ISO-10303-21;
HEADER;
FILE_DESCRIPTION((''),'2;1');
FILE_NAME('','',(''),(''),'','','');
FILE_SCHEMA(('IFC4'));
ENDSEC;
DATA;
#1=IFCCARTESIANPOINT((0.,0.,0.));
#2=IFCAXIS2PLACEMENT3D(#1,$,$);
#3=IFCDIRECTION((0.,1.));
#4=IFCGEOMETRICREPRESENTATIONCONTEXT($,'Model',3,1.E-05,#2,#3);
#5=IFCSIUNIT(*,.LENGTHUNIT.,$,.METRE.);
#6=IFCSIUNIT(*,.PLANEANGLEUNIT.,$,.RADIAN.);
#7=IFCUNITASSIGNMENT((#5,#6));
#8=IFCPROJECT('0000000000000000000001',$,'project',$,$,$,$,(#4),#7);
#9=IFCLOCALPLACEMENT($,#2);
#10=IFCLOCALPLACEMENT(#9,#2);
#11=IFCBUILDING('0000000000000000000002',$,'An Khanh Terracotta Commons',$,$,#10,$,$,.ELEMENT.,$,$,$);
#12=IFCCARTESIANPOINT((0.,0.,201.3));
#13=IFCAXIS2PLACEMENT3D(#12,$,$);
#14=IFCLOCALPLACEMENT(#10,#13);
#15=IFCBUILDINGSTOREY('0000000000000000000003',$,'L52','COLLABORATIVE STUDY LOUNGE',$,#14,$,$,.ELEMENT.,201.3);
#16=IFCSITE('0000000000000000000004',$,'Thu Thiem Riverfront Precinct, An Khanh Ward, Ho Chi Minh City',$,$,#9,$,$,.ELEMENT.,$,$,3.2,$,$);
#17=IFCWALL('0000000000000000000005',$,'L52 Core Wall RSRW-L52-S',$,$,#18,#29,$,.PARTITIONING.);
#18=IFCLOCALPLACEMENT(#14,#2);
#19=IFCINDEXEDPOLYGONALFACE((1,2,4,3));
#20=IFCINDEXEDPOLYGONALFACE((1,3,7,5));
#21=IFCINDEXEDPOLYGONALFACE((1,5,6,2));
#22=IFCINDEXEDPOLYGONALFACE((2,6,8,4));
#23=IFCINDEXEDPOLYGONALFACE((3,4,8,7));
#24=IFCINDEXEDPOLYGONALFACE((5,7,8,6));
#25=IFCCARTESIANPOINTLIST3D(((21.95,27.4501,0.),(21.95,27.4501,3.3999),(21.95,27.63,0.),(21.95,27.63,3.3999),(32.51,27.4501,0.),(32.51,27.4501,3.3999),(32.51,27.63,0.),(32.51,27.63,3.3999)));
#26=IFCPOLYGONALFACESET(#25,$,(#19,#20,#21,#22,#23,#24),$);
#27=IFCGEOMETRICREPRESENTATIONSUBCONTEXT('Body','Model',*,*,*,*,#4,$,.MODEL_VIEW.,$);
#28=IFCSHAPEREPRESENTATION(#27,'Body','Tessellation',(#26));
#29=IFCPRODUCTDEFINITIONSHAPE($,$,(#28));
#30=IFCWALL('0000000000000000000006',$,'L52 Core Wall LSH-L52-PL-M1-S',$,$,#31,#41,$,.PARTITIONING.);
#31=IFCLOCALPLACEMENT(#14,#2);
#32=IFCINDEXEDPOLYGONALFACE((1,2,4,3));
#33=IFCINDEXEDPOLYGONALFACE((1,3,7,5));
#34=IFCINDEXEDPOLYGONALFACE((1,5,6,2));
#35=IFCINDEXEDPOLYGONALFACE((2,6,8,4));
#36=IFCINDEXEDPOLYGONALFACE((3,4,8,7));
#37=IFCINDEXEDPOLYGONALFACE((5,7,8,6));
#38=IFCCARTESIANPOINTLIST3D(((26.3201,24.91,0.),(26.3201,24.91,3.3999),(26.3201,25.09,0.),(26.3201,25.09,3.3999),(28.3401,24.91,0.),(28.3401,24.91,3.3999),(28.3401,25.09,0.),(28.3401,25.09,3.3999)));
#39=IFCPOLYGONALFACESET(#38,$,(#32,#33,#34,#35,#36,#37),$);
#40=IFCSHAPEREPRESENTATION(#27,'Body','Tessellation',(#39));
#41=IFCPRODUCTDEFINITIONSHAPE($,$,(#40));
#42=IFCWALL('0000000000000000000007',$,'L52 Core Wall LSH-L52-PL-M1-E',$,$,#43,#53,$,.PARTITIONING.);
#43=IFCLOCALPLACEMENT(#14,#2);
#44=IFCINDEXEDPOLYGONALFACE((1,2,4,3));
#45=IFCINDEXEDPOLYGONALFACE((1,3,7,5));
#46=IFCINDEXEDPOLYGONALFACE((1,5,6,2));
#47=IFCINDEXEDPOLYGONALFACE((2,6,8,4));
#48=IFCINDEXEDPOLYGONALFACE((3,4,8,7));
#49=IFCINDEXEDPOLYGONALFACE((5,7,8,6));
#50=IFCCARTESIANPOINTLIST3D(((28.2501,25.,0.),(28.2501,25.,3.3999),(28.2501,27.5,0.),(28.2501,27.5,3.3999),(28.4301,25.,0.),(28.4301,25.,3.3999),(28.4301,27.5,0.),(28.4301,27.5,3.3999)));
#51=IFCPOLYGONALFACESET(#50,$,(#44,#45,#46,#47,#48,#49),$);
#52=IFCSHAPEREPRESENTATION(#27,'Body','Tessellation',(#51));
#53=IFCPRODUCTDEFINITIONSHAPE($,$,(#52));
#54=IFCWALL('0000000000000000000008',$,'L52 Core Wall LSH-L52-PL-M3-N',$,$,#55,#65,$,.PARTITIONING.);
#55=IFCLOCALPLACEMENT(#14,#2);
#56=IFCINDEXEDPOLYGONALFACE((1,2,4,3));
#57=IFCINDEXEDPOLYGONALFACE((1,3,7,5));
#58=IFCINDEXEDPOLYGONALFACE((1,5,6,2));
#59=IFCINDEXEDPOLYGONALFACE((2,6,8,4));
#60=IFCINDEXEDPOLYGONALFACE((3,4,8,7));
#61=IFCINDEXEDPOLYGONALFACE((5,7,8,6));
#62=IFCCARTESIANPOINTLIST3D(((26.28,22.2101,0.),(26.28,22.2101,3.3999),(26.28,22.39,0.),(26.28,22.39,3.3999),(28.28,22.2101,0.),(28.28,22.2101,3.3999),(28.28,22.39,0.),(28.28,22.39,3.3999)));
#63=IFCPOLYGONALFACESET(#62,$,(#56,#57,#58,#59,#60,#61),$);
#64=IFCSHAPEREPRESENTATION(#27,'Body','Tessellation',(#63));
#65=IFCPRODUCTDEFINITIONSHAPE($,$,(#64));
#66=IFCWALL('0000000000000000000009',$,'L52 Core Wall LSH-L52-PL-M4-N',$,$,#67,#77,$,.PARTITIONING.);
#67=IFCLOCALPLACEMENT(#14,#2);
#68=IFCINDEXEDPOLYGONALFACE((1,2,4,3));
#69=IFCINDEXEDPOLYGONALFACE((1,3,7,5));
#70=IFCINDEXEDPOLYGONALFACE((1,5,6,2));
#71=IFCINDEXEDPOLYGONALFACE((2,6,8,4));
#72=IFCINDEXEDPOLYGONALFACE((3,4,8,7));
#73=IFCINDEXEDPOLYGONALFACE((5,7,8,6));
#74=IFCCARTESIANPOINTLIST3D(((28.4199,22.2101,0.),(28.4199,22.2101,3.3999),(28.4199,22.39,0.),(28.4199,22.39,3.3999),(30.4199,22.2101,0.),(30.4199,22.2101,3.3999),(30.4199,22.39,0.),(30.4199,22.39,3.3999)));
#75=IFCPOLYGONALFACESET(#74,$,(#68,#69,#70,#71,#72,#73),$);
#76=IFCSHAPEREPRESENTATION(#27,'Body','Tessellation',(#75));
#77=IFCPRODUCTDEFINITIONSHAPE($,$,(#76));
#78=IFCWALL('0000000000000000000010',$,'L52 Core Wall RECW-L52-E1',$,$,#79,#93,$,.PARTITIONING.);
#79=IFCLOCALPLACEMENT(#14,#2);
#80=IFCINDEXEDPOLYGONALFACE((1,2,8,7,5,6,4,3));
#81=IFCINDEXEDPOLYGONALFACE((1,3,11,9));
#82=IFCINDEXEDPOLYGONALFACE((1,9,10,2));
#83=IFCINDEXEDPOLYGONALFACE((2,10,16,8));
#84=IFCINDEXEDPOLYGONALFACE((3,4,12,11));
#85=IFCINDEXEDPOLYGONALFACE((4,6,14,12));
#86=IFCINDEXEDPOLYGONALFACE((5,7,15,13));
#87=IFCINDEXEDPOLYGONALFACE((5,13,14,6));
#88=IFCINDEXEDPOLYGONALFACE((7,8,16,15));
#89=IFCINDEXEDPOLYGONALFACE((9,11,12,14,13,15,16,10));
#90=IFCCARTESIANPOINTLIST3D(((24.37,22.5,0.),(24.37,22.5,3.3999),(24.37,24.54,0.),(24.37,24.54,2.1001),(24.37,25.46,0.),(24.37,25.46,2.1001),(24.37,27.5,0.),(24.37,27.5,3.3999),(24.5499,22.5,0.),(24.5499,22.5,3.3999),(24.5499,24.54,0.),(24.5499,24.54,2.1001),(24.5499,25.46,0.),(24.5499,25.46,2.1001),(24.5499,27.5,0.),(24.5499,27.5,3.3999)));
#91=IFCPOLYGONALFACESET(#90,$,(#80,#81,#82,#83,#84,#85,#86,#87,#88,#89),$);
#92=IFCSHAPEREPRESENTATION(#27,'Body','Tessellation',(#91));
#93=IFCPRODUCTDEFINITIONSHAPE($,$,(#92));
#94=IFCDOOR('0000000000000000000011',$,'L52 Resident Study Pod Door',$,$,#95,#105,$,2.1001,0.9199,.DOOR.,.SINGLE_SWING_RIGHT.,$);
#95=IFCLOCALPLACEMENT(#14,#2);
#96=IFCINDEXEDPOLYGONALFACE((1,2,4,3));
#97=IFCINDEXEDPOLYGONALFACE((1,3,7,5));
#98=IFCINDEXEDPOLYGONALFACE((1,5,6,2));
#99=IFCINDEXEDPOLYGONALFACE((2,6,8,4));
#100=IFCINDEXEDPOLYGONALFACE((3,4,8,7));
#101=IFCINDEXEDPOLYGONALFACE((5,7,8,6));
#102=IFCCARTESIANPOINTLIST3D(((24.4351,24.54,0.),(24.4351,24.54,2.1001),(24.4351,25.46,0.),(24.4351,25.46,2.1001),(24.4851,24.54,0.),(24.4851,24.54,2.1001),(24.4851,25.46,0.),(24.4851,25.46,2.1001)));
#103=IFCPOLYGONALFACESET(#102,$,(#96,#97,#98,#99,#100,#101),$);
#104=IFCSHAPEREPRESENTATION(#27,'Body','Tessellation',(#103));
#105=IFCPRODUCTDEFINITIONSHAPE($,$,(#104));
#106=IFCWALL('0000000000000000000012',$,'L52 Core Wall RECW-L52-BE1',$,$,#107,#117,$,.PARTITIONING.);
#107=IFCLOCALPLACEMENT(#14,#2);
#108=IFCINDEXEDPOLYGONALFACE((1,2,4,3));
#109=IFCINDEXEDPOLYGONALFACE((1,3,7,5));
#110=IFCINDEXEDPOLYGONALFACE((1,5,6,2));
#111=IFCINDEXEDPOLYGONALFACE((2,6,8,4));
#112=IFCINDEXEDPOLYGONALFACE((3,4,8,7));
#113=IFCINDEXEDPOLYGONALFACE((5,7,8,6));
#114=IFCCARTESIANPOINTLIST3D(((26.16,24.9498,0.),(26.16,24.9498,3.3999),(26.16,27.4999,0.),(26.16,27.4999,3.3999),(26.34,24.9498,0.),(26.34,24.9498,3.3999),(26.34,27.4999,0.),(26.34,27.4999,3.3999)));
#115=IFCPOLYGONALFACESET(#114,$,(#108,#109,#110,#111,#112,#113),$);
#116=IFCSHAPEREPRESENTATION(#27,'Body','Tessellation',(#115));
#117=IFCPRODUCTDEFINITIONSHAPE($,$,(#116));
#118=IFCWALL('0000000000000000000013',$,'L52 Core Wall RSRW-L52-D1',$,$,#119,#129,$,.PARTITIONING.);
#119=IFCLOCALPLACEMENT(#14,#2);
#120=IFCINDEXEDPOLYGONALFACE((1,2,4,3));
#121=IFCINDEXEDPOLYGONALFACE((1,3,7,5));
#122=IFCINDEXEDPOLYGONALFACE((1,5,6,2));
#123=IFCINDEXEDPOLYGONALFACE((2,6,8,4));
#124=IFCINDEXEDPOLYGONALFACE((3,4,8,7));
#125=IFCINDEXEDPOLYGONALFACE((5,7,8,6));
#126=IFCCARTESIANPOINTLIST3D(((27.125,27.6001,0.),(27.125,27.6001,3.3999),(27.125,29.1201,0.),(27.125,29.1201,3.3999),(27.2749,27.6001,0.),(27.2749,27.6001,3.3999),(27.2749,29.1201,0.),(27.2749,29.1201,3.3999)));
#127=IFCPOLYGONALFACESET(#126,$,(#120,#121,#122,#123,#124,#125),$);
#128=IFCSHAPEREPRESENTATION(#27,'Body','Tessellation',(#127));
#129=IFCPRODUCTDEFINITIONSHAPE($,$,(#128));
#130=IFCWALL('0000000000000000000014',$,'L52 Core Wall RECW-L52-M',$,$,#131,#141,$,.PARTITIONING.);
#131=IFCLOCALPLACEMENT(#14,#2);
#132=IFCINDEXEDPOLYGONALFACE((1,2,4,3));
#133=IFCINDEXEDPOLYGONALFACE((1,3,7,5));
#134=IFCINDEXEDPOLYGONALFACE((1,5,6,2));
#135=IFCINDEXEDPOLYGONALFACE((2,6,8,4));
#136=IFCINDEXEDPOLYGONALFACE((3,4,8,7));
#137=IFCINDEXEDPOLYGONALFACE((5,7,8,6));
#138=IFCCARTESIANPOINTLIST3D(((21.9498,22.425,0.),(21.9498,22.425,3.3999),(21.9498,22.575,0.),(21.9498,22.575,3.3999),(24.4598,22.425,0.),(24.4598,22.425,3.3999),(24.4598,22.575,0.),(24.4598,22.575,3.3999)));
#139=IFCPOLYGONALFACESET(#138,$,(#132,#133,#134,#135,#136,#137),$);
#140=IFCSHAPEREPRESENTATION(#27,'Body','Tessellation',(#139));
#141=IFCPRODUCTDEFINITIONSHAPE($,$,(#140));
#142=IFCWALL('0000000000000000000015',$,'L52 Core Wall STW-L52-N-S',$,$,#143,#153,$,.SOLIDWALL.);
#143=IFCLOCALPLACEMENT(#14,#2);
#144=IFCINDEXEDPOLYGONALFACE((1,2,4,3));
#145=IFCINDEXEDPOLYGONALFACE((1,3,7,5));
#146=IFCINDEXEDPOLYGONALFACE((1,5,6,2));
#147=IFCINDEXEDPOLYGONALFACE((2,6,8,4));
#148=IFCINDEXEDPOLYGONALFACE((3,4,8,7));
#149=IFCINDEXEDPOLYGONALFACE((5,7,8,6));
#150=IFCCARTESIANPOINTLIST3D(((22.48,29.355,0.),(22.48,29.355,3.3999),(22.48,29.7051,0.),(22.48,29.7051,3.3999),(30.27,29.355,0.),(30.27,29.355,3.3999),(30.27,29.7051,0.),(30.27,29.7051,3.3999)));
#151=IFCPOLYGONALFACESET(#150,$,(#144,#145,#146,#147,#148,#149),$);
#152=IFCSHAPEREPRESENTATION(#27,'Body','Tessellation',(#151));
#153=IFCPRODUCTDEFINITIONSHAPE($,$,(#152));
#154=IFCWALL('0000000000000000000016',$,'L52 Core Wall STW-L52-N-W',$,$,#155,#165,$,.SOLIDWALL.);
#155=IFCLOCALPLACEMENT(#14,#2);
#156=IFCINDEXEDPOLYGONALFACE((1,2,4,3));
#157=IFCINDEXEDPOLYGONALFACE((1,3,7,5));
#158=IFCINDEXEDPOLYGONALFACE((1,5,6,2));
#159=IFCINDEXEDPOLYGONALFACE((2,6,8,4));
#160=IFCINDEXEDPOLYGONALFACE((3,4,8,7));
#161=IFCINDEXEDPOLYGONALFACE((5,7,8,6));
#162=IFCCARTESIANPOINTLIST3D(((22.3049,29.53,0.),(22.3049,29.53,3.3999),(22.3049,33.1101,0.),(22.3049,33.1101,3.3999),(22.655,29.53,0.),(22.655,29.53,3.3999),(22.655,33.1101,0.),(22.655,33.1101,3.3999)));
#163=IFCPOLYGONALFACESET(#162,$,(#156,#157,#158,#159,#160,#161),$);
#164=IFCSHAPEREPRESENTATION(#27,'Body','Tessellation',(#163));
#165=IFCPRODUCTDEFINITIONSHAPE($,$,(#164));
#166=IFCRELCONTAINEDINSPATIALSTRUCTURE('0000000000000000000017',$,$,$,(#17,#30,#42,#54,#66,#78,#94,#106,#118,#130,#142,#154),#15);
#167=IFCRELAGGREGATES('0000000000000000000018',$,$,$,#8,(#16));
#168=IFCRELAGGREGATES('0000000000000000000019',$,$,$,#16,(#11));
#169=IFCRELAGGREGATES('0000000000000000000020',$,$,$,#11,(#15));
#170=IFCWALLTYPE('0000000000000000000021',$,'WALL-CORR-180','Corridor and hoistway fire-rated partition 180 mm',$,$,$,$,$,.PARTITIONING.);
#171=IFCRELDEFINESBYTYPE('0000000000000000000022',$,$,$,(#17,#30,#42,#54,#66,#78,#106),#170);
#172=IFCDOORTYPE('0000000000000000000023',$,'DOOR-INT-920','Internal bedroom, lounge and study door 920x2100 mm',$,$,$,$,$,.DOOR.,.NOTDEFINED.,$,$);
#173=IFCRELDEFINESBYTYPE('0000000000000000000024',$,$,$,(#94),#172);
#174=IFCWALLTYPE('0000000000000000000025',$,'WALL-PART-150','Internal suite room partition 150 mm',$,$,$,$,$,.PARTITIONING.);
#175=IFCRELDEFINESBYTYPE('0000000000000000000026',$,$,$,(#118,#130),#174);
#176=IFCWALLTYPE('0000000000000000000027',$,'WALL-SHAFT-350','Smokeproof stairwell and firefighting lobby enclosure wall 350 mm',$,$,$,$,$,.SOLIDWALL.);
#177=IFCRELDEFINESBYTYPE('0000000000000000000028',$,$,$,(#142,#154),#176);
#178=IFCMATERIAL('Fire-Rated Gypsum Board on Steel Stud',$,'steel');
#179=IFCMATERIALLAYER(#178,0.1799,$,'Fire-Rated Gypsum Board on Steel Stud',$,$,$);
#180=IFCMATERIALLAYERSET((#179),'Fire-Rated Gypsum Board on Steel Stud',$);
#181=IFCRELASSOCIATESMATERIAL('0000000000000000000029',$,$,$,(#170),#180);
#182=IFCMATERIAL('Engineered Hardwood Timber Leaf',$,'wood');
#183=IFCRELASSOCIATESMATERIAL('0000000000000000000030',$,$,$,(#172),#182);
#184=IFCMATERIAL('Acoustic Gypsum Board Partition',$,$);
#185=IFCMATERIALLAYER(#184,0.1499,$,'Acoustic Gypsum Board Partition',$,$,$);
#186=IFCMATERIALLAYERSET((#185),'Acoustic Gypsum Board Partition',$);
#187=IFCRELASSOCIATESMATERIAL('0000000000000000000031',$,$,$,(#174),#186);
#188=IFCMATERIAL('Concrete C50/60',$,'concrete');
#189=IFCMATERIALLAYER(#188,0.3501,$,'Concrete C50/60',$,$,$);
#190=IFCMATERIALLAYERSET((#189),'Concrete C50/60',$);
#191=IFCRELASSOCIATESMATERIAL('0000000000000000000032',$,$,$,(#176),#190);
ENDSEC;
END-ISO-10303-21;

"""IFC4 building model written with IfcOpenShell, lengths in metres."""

from ifc_helpers import new_model, si_unit, direction, frame, frame_2d, origin, place, context, subcontext, project, spatial, rectangle, extrude, material, layer, layer_set, type_object, element, fill, save


model = new_model("IFC4")

# Units and contexts
model_context = context("Model", 3, precision=1e-05, world=origin(), true_north=direction((0.0, 1.0)))
body_context = subcontext(model_context, "Body", "Model", "MODEL_VIEW")
ifc_project = project(units=[si_unit("LENGTHUNIT", "METRE"), si_unit("PLANEANGLEUNIT", "RADIAN")], contexts=[model_context])

# Site, building, storey
site_placement = place(None, origin())
site = spatial("IfcSite", under=ifc_project, at=site_placement, Name="Thu Thiem Riverfront Precinct, An Khanh Ward, Ho Chi Minh City", CompositionType="ELEMENT", RefElevation=3.2)
building_placement = place(site_placement, origin())
building = spatial("IfcBuilding", under=site, at=building_placement, Name="An Khanh Terracotta Commons", CompositionType="ELEMENT")
storey_placement = place(building_placement, frame((0.0, 0.0, 201.3)))
storey = spatial("IfcBuildingStorey", under=building, at=storey_placement, Name="L52", Description="COLLABORATIVE STUDY LOUNGE", CompositionType="ELEMENT", Elevation=201.3)

# Walls
ifc_material_1 = material(Name="Fire-Rated Gypsum Board on Steel Stud", Category="steel")
ifc_layer_1 = layer(ifc_material_1, 0.1799, Name="Fire-Rated Gypsum Board on Steel Stud")
ifc_layer_set_1 = layer_set([ifc_layer_1], Name="Fire-Rated Gypsum Board on Steel Stud")
wall_type_1 = type_object("IfcWallType", Name="WALL-CORR-180", Description="Corridor and hoistway fire-rated partition 180 mm", PredefinedType="PARTITIONING", material=ifc_layer_set_1)
wall_1_placement = place(storey_placement, frame((21.95, 27.54, 0.0), z_axis=(0.0, 0.0, 1.0), x_axis=(1.0, 0.0, 0.0)))
element("IfcWall", 1, at=wall_1_placement, inside=storey, type_object=wall_type_1, Name="L52 Core Wall RSRW-L52-S", PredefinedType="PARTITIONING", context=body_context, shape_type="SweptSolid", body=[
    extrude(rectangle(XDim=10.5601, YDim=0.1799, at=frame_2d((5.28, 0.0))), origin(), (0.0, 0.0, 1.0), 3.3999),
])
wall_2_placement = place(storey_placement, frame((28.3401, 25.0, 0.0), z_axis=(0.0, 0.0, 1.0), x_axis=(-1.0, 0.0, 0.0)))
element("IfcWall", 2, at=wall_2_placement, inside=storey, type_object=wall_type_1, Name="L52 Core Wall LSH-L52-PL-M1-S", PredefinedType="PARTITIONING", context=body_context, shape_type="SweptSolid", body=[
    extrude(rectangle(XDim=2.02, YDim=0.1799, at=frame_2d((1.01, 0.0))), origin(), (0.0, 0.0, 1.0), 3.3999),
])
wall_3_placement = place(storey_placement, frame((28.3401, 25.0, 0.0), z_axis=(0.0, 0.0, 1.0), x_axis=(0.0, 1.0, 0.0)))
element("IfcWall", 3, at=wall_3_placement, inside=storey, type_object=wall_type_1, Name="L52 Core Wall LSH-L52-PL-M1-E", PredefinedType="PARTITIONING", context=body_context, shape_type="SweptSolid", body=[
    extrude(rectangle(XDim=2.5, YDim=0.1799, at=frame_2d((1.25, 0.0))), origin(), (0.0, 0.0, 1.0), 3.3999),
])
for number, where, z_axis, x_axis, name in (
    (4, (26.28, 22.3, 0.0), (0.0, 0.0, 1.0), (1.0, 0.0, 0.0), "L52 Core Wall LSH-L52-PL-M3-N"),
    (5, (28.4199, 22.3, 0.0), (0.0, 0.0, 1.0), (1.0, 0.0, 0.0), "L52 Core Wall LSH-L52-PL-M4-N"),
):
    element("IfcWall", number, at=place(storey_placement, frame(where, z_axis=z_axis, x_axis=x_axis)), inside=storey, type_object=wall_type_1, Name=name, PredefinedType="PARTITIONING", context=body_context, shape_type="SweptSolid", body=[
        extrude(rectangle(XDim=2.0, YDim=0.1799, at=frame_2d((1.0, 0.0))), origin(), (0.0, 0.0, 1.0), 3.3999),
    ])

# Wall, opening, door
wall_4_placement = place(storey_placement, frame((24.46, 22.5, 0.0), z_axis=(0.0, 0.0, 1.0), x_axis=(0.0, 1.0, 0.0)))
wall_4 = element("IfcWall", 6, at=wall_4_placement, inside=storey, type_object=wall_type_1, Name="L52 Core Wall RECW-L52-E1", PredefinedType="PARTITIONING", context=body_context, shape_type="SweptSolid", body=[
    extrude(rectangle(XDim=5.0, YDim=0.1799, at=frame_2d((2.5, 0.0))), origin(), (0.0, 0.0, 1.0), 3.3999),
])
opening_placement = place(wall_4_placement, frame((2.04, 0.0, 0.0)))
opening = element("IfcOpeningElement", 7, at=opening_placement, cuts=wall_4, PredefinedType="OPENING", context=body_context, shape_type="SweptSolid", body=[
    extrude(rectangle(XDim=0.9199, YDim=2.1001, at=frame_2d((0.46, 1.05))), frame((0.0, 0.0999, 0.0), z_axis=(0.0, -1.0, 0.0), x_axis=(1.0, 0.0, 0.0)), (0.0, 0.0, 1.0), 0.2),
])
ifc_material_2 = material(Name="Engineered Hardwood Timber Leaf", Category="wood")
door_type = type_object("IfcDoorType", Name="DOOR-INT-920", Description="Internal bedroom, lounge and study door 920x2100 mm", OperationType="NOTDEFINED", PredefinedType="DOOR", material=ifc_material_2)
door_placement = place(opening_placement, origin())
door = element("IfcDoor", 8, at=door_placement, inside=storey, type_object=door_type, Name="L52 Resident Study Pod Door", OperationType="SINGLE_SWING_RIGHT", OverallHeight=2.1001, OverallWidth=0.9199, PredefinedType="DOOR", context=body_context, shape_type="SweptSolid", body=[
    extrude(rectangle(XDim=0.9199, YDim=2.1001, at=frame_2d((0.46, 1.05))), frame((0.0, 0.0249, 0.0), z_axis=(0.0, -1.0, 0.0), x_axis=(1.0, 0.0, 0.0)), (0.0, 0.0, 1.0), 0.05),
])
fill(opening, door)

# Walls
wall_5_placement = place(storey_placement, frame((26.25, 24.95, 0.0), z_axis=(0.0, 0.0, 1.0), x_axis=(0.0, 1.0, 0.0)))
element("IfcWall", 9, at=wall_5_placement, inside=storey, type_object=wall_type_1, Name="L52 Core Wall RECW-L52-BE1", PredefinedType="PARTITIONING", context=body_context, shape_type="SweptSolid", body=[
    extrude(rectangle(XDim=2.55, YDim=0.1799, at=frame_2d((1.2749, 0.0))), origin(), (0.0, 0.0, 1.0), 3.3999),
])
ifc_material_3 = material(Name="Acoustic Gypsum Board Partition")
ifc_layer_2 = layer(ifc_material_3, 0.1499, Name="Acoustic Gypsum Board Partition")
ifc_layer_set_2 = layer_set([ifc_layer_2], Name="Acoustic Gypsum Board Partition")
wall_type_2 = type_object("IfcWallType", Name="WALL-PART-150", Description="Internal suite room partition 150 mm", PredefinedType="PARTITIONING", material=ifc_layer_set_2)
wall_6_placement = place(storey_placement, frame((27.2, 27.6001, 0.0), z_axis=(0.0, 0.0, 1.0), x_axis=(0.0, 1.0, 0.0)))
element("IfcWall", 10, at=wall_6_placement, inside=storey, type_object=wall_type_2, Name="L52 Core Wall RSRW-L52-D1", PredefinedType="PARTITIONING", context=body_context, shape_type="SweptSolid", body=[
    extrude(rectangle(XDim=1.52, YDim=0.1499, at=frame_2d((0.76, 0.0))), origin(), (0.0, 0.0, 1.0), 3.3999),
])
wall_7_placement = place(storey_placement, frame((21.95, 22.5, 0.0), z_axis=(0.0, 0.0, 1.0), x_axis=(1.0, 0.0, 0.0)))
element("IfcWall", 11, at=wall_7_placement, inside=storey, type_object=wall_type_2, Name="L52 Core Wall RECW-L52-M", PredefinedType="PARTITIONING", context=body_context, shape_type="SweptSolid", body=[
    extrude(rectangle(XDim=2.51, YDim=0.1499, at=frame_2d((1.2549, 0.0))), origin(), (0.0, 0.0, 1.0), 3.3999),
])
ifc_material_4 = material(Name="Concrete C50/60", Category="concrete")
ifc_layer_3 = layer(ifc_material_4, 0.3501, Name="Concrete C50/60")
ifc_layer_set_3 = layer_set([ifc_layer_3], Name="Concrete C50/60")
wall_type_3 = type_object("IfcWallType", Name="WALL-SHAFT-350", Description="Smokeproof stairwell and firefighting lobby enclosure wall 350 mm", PredefinedType="SOLIDWALL", material=ifc_layer_set_3)
wall_8_placement = place(storey_placement, frame((22.48, 29.53, 0.0), z_axis=(0.0, 0.0, 1.0), x_axis=(1.0, 0.0, 0.0)))
element("IfcWall", 12, at=wall_8_placement, inside=storey, type_object=wall_type_3, Name="L52 Core Wall STW-L52-N-S", PredefinedType="SOLIDWALL", context=body_context, shape_type="SweptSolid", body=[
    extrude(rectangle(XDim=7.79, YDim=0.3501, at=frame_2d((3.895, 0.0))), origin(), (0.0, 0.0, 1.0), 3.3999),
])
wall_9_placement = place(storey_placement, frame((22.48, 29.53, 0.0), z_axis=(0.0, 0.0, 1.0), x_axis=(0.0, 1.0, 0.0)))
element("IfcWall", 13, at=wall_9_placement, inside=storey, type_object=wall_type_3, Name="L52 Core Wall STW-L52-N-W", PredefinedType="SOLIDWALL", context=body_context, shape_type="SweptSolid", body=[
    extrude(rectangle(XDim=3.5801, YDim=0.3501, at=frame_2d((1.79, 0.0))), origin(), (0.0, 0.0, 1.0), 3.3999),
])

save(model, "model.ifc")
